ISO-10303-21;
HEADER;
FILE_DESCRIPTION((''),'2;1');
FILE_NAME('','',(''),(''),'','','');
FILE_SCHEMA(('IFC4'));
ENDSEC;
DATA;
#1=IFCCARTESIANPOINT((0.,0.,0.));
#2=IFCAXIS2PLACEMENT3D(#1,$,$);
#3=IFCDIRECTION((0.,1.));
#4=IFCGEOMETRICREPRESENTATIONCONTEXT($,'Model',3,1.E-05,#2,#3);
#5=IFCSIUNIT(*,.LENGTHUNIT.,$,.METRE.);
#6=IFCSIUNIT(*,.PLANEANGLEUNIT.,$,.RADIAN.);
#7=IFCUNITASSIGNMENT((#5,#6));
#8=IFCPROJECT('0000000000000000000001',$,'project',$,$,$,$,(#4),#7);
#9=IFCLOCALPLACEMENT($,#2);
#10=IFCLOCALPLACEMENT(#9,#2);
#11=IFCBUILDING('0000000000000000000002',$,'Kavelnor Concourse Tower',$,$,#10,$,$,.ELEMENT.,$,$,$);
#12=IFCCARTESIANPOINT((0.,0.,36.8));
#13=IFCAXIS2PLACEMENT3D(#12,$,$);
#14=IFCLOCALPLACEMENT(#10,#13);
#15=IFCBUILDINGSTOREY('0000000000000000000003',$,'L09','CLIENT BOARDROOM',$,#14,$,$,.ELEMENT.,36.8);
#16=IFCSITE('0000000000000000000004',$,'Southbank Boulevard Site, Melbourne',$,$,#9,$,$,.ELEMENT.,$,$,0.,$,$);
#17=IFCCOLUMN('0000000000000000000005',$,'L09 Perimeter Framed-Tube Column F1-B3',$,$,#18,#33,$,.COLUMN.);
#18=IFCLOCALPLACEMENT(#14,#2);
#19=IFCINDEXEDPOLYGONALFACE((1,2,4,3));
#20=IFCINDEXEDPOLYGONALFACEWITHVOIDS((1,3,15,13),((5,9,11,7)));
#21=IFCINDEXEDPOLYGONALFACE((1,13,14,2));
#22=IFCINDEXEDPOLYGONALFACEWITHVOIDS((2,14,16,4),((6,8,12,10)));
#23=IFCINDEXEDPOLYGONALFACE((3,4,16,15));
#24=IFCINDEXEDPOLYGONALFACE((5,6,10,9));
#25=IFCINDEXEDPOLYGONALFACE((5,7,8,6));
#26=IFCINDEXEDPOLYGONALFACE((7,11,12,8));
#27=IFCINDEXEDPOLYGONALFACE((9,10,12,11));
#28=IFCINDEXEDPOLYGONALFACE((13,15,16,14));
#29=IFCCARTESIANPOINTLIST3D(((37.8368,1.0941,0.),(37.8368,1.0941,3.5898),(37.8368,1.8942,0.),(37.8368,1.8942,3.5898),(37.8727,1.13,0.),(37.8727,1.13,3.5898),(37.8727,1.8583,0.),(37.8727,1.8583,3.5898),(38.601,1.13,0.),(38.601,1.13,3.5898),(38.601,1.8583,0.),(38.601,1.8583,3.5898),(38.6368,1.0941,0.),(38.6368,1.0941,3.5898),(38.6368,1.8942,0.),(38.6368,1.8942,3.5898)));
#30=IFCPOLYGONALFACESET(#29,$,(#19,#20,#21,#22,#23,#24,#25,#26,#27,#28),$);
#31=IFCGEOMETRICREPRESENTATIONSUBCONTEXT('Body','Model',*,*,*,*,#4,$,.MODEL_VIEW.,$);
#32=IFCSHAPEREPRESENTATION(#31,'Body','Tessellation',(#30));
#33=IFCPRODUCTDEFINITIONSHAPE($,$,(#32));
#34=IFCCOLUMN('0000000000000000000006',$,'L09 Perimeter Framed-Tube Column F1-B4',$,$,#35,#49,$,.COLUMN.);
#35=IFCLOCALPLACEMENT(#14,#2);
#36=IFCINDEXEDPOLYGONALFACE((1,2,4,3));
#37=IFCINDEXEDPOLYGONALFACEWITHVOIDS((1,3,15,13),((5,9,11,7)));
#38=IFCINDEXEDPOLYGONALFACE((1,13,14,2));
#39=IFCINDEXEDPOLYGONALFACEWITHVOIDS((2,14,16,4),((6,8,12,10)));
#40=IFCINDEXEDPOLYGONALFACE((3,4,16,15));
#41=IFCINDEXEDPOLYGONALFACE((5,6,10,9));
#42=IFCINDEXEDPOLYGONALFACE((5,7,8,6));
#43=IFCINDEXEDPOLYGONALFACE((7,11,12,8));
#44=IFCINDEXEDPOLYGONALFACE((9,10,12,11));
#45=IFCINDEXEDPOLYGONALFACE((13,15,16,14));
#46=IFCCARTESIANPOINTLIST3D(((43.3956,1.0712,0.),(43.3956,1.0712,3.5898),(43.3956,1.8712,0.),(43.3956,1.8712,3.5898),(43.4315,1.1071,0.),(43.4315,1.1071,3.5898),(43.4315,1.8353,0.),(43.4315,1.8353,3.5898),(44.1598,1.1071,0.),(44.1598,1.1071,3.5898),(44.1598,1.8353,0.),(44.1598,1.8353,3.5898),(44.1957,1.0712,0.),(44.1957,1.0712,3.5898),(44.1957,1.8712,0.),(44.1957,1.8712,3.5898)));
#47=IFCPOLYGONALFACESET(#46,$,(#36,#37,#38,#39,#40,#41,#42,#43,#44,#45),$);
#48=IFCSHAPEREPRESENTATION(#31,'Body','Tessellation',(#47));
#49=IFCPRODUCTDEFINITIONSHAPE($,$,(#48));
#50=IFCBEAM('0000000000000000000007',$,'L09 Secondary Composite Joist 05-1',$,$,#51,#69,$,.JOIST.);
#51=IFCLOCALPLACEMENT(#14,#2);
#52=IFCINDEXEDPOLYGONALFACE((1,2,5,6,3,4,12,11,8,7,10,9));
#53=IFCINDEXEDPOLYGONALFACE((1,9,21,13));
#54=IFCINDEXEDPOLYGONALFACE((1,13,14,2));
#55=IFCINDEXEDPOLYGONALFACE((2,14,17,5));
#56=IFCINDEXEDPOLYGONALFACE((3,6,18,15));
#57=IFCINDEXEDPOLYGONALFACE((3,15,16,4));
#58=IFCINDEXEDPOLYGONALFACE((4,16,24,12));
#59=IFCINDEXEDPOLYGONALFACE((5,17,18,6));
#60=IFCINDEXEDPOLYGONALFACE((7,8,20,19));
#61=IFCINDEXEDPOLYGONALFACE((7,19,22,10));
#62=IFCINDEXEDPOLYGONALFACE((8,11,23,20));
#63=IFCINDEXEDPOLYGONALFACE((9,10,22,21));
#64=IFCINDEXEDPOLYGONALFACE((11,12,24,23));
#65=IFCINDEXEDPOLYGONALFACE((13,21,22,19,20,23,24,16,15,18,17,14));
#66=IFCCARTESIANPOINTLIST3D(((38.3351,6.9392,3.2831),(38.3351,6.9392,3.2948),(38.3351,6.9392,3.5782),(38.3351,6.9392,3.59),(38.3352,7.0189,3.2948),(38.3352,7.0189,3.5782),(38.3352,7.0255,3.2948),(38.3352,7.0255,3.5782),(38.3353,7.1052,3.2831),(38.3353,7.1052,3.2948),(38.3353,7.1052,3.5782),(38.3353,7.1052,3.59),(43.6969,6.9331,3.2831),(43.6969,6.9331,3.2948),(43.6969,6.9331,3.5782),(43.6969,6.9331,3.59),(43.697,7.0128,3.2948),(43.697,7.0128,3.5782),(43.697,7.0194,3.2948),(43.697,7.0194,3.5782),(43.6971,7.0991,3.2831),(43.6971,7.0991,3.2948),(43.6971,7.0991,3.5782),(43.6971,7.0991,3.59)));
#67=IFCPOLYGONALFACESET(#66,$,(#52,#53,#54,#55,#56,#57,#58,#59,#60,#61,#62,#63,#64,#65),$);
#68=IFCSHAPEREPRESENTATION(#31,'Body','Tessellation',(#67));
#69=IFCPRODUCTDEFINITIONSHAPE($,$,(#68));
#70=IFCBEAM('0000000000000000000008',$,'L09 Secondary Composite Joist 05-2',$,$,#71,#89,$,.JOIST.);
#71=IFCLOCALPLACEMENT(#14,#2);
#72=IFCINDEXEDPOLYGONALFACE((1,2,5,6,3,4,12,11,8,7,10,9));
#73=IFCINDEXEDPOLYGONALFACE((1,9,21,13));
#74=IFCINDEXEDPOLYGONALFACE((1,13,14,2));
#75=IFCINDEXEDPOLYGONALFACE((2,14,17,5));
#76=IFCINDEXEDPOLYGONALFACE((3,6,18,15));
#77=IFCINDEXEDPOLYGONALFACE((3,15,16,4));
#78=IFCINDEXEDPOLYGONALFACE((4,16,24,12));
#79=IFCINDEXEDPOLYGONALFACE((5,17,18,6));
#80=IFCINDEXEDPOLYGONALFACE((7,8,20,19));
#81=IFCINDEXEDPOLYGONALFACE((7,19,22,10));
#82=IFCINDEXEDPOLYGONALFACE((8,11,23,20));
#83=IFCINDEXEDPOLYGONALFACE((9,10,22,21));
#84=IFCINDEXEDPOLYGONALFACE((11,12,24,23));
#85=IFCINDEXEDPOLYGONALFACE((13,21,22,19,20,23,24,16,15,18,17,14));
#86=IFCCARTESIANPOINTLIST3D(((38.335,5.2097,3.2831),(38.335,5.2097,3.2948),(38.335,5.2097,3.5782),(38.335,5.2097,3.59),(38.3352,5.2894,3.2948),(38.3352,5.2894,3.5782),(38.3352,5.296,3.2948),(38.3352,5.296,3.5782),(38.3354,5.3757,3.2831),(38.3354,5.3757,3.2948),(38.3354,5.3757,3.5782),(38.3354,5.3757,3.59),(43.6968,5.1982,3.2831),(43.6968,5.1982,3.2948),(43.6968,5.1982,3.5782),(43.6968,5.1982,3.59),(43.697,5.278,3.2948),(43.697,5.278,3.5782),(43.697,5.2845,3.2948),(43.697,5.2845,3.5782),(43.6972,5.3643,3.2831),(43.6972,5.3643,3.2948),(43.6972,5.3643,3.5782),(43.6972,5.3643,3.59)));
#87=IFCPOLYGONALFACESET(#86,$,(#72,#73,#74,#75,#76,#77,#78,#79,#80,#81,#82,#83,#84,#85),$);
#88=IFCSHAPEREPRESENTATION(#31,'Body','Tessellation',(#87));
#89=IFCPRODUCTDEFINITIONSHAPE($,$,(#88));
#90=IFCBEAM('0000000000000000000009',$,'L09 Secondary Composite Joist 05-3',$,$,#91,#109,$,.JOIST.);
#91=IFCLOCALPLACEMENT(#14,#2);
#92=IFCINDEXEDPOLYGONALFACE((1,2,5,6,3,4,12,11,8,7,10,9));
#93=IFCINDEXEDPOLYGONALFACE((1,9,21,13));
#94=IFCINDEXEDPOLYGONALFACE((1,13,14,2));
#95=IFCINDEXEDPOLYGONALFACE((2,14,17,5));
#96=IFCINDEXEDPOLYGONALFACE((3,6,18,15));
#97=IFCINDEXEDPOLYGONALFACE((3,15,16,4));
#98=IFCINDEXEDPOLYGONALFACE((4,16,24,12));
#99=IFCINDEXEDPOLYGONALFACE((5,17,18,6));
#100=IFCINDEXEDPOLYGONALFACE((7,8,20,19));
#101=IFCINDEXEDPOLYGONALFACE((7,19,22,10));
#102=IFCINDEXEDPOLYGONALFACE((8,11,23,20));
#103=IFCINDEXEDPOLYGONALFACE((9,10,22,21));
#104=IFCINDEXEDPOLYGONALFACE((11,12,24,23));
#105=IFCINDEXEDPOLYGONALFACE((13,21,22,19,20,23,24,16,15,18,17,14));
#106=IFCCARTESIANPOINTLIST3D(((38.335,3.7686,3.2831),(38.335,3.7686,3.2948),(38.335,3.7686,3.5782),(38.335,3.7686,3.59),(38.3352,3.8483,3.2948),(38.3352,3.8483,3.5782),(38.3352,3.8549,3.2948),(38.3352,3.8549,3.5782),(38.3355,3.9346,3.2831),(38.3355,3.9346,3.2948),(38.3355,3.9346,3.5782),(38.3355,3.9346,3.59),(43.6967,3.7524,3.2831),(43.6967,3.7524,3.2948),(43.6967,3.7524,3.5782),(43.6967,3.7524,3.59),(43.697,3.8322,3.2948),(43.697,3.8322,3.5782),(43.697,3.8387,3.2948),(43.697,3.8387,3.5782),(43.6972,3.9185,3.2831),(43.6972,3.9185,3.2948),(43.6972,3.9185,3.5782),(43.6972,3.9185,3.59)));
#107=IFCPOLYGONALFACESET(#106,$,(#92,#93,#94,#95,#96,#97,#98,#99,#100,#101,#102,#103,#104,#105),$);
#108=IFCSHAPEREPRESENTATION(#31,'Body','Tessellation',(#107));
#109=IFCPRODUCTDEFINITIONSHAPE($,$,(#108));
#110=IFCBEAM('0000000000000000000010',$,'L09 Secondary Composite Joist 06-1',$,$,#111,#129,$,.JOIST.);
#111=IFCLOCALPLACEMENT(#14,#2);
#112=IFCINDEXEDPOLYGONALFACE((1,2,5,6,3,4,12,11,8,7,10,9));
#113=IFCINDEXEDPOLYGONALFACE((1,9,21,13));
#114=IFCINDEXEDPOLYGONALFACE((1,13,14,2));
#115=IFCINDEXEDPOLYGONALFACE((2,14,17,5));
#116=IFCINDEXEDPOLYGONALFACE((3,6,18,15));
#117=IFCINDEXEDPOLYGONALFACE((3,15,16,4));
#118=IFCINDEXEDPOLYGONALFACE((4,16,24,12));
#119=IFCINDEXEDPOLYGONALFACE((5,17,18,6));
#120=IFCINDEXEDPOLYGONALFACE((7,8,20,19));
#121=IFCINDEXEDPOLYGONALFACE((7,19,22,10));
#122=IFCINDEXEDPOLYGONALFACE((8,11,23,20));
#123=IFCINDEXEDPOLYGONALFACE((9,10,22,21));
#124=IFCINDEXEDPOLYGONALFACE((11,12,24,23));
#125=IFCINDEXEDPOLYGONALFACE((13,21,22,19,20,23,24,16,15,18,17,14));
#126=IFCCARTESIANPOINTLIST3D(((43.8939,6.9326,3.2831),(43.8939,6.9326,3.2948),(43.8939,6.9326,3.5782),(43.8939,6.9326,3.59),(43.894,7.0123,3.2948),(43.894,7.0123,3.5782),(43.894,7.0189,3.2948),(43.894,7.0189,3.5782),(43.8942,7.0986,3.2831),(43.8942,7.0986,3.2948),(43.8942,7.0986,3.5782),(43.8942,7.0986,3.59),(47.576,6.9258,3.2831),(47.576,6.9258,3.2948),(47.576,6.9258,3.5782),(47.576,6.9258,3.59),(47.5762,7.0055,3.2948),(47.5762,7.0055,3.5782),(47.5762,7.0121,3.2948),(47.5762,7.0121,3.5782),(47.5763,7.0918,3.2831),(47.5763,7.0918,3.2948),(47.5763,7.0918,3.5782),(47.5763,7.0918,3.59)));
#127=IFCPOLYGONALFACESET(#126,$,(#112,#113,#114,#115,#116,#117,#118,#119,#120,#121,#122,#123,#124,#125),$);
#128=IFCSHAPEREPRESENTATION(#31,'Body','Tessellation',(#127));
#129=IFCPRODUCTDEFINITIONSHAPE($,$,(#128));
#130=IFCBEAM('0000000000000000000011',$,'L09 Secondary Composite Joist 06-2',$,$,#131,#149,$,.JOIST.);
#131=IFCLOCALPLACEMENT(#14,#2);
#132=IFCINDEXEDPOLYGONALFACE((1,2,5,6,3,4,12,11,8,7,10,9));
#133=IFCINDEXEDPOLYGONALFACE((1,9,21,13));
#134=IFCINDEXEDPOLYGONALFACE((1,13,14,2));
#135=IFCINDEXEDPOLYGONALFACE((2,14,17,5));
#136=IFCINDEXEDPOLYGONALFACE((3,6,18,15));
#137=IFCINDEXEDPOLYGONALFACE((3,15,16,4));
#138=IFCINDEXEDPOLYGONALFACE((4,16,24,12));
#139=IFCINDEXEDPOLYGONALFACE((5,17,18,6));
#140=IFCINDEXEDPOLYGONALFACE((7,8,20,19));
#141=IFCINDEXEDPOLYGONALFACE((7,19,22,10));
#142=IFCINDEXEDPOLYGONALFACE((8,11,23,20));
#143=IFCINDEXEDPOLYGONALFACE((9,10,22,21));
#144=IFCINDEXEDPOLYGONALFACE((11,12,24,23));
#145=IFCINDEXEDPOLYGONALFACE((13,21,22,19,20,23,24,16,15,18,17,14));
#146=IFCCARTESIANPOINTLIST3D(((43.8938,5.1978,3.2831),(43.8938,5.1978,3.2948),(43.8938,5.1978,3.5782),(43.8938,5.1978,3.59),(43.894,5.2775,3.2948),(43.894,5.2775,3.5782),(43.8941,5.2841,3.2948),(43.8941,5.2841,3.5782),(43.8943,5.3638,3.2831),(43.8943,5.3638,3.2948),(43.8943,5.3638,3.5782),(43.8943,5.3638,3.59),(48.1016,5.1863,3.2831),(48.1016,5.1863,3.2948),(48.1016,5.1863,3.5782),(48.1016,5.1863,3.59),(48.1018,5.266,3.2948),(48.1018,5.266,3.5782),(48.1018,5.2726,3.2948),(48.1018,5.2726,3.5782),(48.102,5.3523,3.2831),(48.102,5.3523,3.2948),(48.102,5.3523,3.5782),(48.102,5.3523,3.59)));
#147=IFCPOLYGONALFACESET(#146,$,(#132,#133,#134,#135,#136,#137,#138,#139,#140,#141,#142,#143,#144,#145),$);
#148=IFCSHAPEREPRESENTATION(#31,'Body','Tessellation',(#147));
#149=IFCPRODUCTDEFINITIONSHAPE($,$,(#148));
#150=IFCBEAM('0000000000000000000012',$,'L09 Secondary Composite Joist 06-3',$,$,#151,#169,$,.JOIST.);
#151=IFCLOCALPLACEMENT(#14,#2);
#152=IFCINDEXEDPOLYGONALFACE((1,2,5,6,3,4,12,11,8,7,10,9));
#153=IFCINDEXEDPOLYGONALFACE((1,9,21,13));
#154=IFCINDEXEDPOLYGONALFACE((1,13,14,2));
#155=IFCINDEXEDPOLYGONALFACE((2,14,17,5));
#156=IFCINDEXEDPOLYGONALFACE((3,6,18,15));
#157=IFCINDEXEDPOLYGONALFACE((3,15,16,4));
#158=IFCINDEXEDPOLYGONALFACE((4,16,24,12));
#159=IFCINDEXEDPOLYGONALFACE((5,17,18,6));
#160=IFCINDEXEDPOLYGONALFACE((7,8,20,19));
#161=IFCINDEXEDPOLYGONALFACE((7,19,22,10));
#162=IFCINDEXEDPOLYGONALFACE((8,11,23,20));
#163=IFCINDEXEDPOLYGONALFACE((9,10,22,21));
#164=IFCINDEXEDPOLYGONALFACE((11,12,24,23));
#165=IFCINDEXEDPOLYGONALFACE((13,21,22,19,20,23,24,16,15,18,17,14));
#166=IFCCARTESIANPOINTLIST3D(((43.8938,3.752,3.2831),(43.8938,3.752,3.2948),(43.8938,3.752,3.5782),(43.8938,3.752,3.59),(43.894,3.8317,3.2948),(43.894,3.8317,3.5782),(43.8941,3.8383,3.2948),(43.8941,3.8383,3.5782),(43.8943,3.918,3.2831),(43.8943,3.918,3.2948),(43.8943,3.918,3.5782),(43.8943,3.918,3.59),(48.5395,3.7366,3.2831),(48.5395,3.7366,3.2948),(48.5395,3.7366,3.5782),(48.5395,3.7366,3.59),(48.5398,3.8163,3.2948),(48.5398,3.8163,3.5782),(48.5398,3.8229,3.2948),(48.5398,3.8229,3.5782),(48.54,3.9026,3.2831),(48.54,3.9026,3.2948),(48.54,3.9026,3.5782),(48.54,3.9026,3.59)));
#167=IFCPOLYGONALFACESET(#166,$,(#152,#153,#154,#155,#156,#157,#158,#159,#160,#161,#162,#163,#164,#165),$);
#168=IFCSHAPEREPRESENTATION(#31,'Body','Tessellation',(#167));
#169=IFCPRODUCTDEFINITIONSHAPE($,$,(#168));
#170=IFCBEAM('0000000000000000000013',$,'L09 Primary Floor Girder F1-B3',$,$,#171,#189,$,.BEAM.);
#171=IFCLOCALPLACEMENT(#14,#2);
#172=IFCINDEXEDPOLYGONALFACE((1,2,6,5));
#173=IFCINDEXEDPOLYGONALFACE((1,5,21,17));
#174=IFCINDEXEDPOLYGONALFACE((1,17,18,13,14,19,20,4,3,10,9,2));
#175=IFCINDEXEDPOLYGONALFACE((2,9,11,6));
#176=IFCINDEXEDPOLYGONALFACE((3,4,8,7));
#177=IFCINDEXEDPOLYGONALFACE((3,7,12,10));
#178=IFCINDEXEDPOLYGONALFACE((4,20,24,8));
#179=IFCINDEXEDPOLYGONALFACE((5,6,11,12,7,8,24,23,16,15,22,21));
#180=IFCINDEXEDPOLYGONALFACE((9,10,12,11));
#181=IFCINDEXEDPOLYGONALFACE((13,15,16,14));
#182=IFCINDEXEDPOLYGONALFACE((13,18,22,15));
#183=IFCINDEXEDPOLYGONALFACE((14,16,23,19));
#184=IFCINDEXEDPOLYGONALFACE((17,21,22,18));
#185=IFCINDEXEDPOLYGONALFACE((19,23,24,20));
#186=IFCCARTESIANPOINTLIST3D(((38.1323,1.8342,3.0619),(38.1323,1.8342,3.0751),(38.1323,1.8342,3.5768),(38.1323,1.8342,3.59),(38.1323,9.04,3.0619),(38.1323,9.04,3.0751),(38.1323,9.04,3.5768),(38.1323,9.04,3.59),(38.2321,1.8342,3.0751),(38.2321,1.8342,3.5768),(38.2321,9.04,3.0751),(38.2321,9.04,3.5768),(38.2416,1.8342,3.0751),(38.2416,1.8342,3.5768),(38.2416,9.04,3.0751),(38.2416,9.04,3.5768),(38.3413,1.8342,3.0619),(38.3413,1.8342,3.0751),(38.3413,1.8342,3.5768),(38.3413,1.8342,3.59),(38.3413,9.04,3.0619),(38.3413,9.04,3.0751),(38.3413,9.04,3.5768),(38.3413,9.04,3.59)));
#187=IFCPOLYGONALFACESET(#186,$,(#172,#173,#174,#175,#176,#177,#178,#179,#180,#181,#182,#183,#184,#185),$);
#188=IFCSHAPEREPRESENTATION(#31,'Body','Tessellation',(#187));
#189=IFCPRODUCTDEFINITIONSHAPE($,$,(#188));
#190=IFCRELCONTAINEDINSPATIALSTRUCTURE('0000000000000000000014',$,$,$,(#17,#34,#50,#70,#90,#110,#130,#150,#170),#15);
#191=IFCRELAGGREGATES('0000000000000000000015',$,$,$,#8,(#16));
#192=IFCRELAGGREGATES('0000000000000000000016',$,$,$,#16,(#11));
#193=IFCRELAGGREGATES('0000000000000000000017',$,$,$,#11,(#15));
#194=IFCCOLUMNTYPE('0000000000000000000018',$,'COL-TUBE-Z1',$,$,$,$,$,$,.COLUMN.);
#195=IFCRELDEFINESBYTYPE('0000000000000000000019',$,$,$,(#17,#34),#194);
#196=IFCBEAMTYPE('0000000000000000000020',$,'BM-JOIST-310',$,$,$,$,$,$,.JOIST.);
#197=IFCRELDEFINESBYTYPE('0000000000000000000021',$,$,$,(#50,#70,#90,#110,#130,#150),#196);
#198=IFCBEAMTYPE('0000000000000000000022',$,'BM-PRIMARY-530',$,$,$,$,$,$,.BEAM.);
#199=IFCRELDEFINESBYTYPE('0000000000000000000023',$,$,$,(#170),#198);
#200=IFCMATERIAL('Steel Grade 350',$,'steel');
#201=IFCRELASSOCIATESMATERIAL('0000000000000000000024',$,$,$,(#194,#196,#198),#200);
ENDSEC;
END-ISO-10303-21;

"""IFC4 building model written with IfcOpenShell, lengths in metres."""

from ifc_helpers import new_model, si_unit, direction, frame, origin, origin_2d, place, context, subcontext, project, spatial, hollow_rectangle, i_section, extrude, material, material_profile, profile_set, type_object, element, save


model = new_model("IFC4")

# Units and contexts
model_context = context("Model", 3, precision=1e-05, world=origin(), true_north=direction((0.0, 1.0)))
body_context = subcontext(model_context, "Body", "Model", "MODEL_VIEW")
ifc_project = project(units=[si_unit("LENGTHUNIT", "METRE"), si_unit("PLANEANGLEUNIT", "RADIAN")], contexts=[model_context])

# Site, building, storey
site_placement = place(None, origin())
site = spatial("IfcSite", under=ifc_project, at=site_placement, Name="Southbank Boulevard Site, Melbourne", CompositionType="ELEMENT", RefElevation=0.0)
building_placement = place(site_placement, origin())
building = spatial("IfcBuilding", under=site, at=building_placement, Name="Kavelnor Concourse Tower", CompositionType="ELEMENT")
storey_placement = place(building_placement, frame((0.0, 0.0, 36.8)))
storey = spatial("IfcBuildingStorey", under=building, at=storey_placement, Name="L09", Description="CLIENT BOARDROOM", CompositionType="ELEMENT", Elevation=36.8)

# Columns
ifc_material_1 = material(Name="Steel Grade 350", Category="steel")
ifc_material_profile_1 = material_profile(ifc_material_1, hollow_rectangle(XDim=0.8, YDim=0.8, WallThickness=0.0359, at=origin_2d()), Name="SHS 800x800x36")
ifc_profile_set_1 = profile_set([ifc_material_profile_1], Name="Steel Grade 350")
column_type = type_object("IfcColumnType", Name="COL-TUBE-Z1", PredefinedType="COLUMN", material=ifc_profile_set_1)
for number, where, z_axis, x_axis, name in (
    (1, (38.2368, 1.4941, 0.0), (0.0, 0.0, 1.0), (1.0, 0.0, 0.0), "L09 Perimeter Framed-Tube Column F1-B3"),
    (2, (43.7957, 1.4712, 0.0), (0.0, 0.0, 1.0), (1.0, 0.0, 0.0), "L09 Perimeter Framed-Tube Column F1-B4"),
):
    element("IfcColumn", number, at=place(storey_placement, frame(where, z_axis=z_axis, x_axis=x_axis)), inside=storey, type_object=column_type, Name=name, PredefinedType="COLUMN", context=body_context, shape_type="SweptSolid", body=[
        extrude(hollow_rectangle(XDim=0.8, YDim=0.8, WallThickness=0.0359, at=origin_2d()), origin(), (0.0, 0.0, 1.0), 3.5898),
    ])

# Beams
ifc_material_profile_2 = material_profile(ifc_material_1, i_section(OverallWidth=0.166, OverallDepth=0.3069, WebThickness=0.0066, FlangeThickness=0.0117, at=origin_2d()), Name="310UB46")
ifc_profile_set_2 = profile_set([ifc_material_profile_2], Name="Steel Grade 350")
beam_type_1 = type_object("IfcBeamType", Name="BM-JOIST-310", PredefinedType="JOIST", material=ifc_profile_set_2)
for number, where, z_axis, x_axis, name in (
    (3, (38.3352, 7.0222, 3.4365), (0.999999, -0.001138, 0.0), (0.001138, 0.999999, 0.0), "L09 Secondary Composite Joist 05-1"),
    (4, (38.3352, 5.2927, 3.4365), (0.999998, -0.00214, 0.0), (0.00214, 0.999998, 0.0), "L09 Secondary Composite Joist 05-2"),
    (5, (38.3352, 3.8516, 3.4365), (0.999995, -0.003005, 0.0), (0.003005, 0.999995, 0.0), "L09 Secondary Composite Joist 05-3"),
):
    element("IfcBeam", number, at=place(storey_placement, frame(where, z_axis=z_axis, x_axis=x_axis)), inside=storey, type_object=beam_type_1, Name=name, PredefinedType="JOIST", context=body_context, shape_type="SweptSolid", body=[
        extrude(i_section(OverallWidth=0.166, OverallDepth=0.3069, WebThickness=0.0066, FlangeThickness=0.0117, at=origin_2d()), origin(), (0.0, 0.0, 1.0), 5.3618),
    ])
beam_1_placement = place(storey_placement, frame((43.894, 7.0156, 3.4365), z_axis=(0.999998, -0.001857, 0.0), x_axis=(0.001857, 0.999998, 0.0)))
element("IfcBeam", 6, at=beam_1_placement, inside=storey, type_object=beam_type_1, Name="L09 Secondary Composite Joist 06-1", PredefinedType="JOIST", context=body_context, shape_type="SweptSolid", body=[
    extrude(i_section(OverallWidth=0.166, OverallDepth=0.3069, WebThickness=0.0066, FlangeThickness=0.0117, at=origin_2d()), origin(), (0.0, 0.0, 1.0), 3.6821),
])
beam_2_placement = place(storey_placement, frame((43.894, 5.2808, 3.4365), z_axis=(0.999996, -0.002727, 0.0), x_axis=(0.002727, 0.999996, 0.0)))
element("IfcBeam", 7, at=beam_2_placement, inside=storey, type_object=beam_type_1, Name="L09 Secondary Composite Joist 06-2", PredefinedType="JOIST", context=body_context, shape_type="SweptSolid", body=[
    extrude(i_section(OverallWidth=0.166, OverallDepth=0.3069, WebThickness=0.0066, FlangeThickness=0.0117, at=origin_2d()), origin(), (0.0, 0.0, 1.0), 4.2078),
])
beam_3_placement = place(storey_placement, frame((43.894, 3.835, 3.4365), z_axis=(0.999995, -0.003311, 0.0), x_axis=(0.003311, 0.999995, 0.0)))
element("IfcBeam", 8, at=beam_3_placement, inside=storey, type_object=beam_type_1, Name="L09 Secondary Composite Joist 06-3", PredefinedType="JOIST", context=body_context, shape_type="SweptSolid", body=[
    extrude(i_section(OverallWidth=0.166, OverallDepth=0.3069, WebThickness=0.0066, FlangeThickness=0.0117, at=origin_2d()), origin(), (0.0, 0.0, 1.0), 4.6458),
])
ifc_material_profile_3 = material_profile(ifc_material_1, i_section(OverallWidth=0.209, OverallDepth=0.5281, WebThickness=0.0095, FlangeThickness=0.0132, at=origin_2d()), Name="530UB82")
ifc_profile_set_3 = profile_set([ifc_material_profile_3], Name="Steel Grade 350")
beam_type_2 = type_object("IfcBeamType", Name="BM-PRIMARY-530", PredefinedType="BEAM", material=ifc_profile_set_3)
beam_4_placement = place(storey_placement, frame((38.2368, 9.04, 3.3259), z_axis=(0.0, -1.0, 0.0), x_axis=(1.0, 0.0, 0.0)))
element("IfcBeam", 9, at=beam_4_placement, inside=storey, type_object=beam_type_2, Name="L09 Primary Floor Girder F1-B3", PredefinedType="BEAM", context=body_context, shape_type="SweptSolid", body=[
    extrude(i_section(OverallWidth=0.209, OverallDepth=0.5281, WebThickness=0.0095, FlangeThickness=0.0132, at=origin_2d()), origin(), (0.0, 0.0, 1.0), 7.2058),
])

save(model, "model.ifc")
